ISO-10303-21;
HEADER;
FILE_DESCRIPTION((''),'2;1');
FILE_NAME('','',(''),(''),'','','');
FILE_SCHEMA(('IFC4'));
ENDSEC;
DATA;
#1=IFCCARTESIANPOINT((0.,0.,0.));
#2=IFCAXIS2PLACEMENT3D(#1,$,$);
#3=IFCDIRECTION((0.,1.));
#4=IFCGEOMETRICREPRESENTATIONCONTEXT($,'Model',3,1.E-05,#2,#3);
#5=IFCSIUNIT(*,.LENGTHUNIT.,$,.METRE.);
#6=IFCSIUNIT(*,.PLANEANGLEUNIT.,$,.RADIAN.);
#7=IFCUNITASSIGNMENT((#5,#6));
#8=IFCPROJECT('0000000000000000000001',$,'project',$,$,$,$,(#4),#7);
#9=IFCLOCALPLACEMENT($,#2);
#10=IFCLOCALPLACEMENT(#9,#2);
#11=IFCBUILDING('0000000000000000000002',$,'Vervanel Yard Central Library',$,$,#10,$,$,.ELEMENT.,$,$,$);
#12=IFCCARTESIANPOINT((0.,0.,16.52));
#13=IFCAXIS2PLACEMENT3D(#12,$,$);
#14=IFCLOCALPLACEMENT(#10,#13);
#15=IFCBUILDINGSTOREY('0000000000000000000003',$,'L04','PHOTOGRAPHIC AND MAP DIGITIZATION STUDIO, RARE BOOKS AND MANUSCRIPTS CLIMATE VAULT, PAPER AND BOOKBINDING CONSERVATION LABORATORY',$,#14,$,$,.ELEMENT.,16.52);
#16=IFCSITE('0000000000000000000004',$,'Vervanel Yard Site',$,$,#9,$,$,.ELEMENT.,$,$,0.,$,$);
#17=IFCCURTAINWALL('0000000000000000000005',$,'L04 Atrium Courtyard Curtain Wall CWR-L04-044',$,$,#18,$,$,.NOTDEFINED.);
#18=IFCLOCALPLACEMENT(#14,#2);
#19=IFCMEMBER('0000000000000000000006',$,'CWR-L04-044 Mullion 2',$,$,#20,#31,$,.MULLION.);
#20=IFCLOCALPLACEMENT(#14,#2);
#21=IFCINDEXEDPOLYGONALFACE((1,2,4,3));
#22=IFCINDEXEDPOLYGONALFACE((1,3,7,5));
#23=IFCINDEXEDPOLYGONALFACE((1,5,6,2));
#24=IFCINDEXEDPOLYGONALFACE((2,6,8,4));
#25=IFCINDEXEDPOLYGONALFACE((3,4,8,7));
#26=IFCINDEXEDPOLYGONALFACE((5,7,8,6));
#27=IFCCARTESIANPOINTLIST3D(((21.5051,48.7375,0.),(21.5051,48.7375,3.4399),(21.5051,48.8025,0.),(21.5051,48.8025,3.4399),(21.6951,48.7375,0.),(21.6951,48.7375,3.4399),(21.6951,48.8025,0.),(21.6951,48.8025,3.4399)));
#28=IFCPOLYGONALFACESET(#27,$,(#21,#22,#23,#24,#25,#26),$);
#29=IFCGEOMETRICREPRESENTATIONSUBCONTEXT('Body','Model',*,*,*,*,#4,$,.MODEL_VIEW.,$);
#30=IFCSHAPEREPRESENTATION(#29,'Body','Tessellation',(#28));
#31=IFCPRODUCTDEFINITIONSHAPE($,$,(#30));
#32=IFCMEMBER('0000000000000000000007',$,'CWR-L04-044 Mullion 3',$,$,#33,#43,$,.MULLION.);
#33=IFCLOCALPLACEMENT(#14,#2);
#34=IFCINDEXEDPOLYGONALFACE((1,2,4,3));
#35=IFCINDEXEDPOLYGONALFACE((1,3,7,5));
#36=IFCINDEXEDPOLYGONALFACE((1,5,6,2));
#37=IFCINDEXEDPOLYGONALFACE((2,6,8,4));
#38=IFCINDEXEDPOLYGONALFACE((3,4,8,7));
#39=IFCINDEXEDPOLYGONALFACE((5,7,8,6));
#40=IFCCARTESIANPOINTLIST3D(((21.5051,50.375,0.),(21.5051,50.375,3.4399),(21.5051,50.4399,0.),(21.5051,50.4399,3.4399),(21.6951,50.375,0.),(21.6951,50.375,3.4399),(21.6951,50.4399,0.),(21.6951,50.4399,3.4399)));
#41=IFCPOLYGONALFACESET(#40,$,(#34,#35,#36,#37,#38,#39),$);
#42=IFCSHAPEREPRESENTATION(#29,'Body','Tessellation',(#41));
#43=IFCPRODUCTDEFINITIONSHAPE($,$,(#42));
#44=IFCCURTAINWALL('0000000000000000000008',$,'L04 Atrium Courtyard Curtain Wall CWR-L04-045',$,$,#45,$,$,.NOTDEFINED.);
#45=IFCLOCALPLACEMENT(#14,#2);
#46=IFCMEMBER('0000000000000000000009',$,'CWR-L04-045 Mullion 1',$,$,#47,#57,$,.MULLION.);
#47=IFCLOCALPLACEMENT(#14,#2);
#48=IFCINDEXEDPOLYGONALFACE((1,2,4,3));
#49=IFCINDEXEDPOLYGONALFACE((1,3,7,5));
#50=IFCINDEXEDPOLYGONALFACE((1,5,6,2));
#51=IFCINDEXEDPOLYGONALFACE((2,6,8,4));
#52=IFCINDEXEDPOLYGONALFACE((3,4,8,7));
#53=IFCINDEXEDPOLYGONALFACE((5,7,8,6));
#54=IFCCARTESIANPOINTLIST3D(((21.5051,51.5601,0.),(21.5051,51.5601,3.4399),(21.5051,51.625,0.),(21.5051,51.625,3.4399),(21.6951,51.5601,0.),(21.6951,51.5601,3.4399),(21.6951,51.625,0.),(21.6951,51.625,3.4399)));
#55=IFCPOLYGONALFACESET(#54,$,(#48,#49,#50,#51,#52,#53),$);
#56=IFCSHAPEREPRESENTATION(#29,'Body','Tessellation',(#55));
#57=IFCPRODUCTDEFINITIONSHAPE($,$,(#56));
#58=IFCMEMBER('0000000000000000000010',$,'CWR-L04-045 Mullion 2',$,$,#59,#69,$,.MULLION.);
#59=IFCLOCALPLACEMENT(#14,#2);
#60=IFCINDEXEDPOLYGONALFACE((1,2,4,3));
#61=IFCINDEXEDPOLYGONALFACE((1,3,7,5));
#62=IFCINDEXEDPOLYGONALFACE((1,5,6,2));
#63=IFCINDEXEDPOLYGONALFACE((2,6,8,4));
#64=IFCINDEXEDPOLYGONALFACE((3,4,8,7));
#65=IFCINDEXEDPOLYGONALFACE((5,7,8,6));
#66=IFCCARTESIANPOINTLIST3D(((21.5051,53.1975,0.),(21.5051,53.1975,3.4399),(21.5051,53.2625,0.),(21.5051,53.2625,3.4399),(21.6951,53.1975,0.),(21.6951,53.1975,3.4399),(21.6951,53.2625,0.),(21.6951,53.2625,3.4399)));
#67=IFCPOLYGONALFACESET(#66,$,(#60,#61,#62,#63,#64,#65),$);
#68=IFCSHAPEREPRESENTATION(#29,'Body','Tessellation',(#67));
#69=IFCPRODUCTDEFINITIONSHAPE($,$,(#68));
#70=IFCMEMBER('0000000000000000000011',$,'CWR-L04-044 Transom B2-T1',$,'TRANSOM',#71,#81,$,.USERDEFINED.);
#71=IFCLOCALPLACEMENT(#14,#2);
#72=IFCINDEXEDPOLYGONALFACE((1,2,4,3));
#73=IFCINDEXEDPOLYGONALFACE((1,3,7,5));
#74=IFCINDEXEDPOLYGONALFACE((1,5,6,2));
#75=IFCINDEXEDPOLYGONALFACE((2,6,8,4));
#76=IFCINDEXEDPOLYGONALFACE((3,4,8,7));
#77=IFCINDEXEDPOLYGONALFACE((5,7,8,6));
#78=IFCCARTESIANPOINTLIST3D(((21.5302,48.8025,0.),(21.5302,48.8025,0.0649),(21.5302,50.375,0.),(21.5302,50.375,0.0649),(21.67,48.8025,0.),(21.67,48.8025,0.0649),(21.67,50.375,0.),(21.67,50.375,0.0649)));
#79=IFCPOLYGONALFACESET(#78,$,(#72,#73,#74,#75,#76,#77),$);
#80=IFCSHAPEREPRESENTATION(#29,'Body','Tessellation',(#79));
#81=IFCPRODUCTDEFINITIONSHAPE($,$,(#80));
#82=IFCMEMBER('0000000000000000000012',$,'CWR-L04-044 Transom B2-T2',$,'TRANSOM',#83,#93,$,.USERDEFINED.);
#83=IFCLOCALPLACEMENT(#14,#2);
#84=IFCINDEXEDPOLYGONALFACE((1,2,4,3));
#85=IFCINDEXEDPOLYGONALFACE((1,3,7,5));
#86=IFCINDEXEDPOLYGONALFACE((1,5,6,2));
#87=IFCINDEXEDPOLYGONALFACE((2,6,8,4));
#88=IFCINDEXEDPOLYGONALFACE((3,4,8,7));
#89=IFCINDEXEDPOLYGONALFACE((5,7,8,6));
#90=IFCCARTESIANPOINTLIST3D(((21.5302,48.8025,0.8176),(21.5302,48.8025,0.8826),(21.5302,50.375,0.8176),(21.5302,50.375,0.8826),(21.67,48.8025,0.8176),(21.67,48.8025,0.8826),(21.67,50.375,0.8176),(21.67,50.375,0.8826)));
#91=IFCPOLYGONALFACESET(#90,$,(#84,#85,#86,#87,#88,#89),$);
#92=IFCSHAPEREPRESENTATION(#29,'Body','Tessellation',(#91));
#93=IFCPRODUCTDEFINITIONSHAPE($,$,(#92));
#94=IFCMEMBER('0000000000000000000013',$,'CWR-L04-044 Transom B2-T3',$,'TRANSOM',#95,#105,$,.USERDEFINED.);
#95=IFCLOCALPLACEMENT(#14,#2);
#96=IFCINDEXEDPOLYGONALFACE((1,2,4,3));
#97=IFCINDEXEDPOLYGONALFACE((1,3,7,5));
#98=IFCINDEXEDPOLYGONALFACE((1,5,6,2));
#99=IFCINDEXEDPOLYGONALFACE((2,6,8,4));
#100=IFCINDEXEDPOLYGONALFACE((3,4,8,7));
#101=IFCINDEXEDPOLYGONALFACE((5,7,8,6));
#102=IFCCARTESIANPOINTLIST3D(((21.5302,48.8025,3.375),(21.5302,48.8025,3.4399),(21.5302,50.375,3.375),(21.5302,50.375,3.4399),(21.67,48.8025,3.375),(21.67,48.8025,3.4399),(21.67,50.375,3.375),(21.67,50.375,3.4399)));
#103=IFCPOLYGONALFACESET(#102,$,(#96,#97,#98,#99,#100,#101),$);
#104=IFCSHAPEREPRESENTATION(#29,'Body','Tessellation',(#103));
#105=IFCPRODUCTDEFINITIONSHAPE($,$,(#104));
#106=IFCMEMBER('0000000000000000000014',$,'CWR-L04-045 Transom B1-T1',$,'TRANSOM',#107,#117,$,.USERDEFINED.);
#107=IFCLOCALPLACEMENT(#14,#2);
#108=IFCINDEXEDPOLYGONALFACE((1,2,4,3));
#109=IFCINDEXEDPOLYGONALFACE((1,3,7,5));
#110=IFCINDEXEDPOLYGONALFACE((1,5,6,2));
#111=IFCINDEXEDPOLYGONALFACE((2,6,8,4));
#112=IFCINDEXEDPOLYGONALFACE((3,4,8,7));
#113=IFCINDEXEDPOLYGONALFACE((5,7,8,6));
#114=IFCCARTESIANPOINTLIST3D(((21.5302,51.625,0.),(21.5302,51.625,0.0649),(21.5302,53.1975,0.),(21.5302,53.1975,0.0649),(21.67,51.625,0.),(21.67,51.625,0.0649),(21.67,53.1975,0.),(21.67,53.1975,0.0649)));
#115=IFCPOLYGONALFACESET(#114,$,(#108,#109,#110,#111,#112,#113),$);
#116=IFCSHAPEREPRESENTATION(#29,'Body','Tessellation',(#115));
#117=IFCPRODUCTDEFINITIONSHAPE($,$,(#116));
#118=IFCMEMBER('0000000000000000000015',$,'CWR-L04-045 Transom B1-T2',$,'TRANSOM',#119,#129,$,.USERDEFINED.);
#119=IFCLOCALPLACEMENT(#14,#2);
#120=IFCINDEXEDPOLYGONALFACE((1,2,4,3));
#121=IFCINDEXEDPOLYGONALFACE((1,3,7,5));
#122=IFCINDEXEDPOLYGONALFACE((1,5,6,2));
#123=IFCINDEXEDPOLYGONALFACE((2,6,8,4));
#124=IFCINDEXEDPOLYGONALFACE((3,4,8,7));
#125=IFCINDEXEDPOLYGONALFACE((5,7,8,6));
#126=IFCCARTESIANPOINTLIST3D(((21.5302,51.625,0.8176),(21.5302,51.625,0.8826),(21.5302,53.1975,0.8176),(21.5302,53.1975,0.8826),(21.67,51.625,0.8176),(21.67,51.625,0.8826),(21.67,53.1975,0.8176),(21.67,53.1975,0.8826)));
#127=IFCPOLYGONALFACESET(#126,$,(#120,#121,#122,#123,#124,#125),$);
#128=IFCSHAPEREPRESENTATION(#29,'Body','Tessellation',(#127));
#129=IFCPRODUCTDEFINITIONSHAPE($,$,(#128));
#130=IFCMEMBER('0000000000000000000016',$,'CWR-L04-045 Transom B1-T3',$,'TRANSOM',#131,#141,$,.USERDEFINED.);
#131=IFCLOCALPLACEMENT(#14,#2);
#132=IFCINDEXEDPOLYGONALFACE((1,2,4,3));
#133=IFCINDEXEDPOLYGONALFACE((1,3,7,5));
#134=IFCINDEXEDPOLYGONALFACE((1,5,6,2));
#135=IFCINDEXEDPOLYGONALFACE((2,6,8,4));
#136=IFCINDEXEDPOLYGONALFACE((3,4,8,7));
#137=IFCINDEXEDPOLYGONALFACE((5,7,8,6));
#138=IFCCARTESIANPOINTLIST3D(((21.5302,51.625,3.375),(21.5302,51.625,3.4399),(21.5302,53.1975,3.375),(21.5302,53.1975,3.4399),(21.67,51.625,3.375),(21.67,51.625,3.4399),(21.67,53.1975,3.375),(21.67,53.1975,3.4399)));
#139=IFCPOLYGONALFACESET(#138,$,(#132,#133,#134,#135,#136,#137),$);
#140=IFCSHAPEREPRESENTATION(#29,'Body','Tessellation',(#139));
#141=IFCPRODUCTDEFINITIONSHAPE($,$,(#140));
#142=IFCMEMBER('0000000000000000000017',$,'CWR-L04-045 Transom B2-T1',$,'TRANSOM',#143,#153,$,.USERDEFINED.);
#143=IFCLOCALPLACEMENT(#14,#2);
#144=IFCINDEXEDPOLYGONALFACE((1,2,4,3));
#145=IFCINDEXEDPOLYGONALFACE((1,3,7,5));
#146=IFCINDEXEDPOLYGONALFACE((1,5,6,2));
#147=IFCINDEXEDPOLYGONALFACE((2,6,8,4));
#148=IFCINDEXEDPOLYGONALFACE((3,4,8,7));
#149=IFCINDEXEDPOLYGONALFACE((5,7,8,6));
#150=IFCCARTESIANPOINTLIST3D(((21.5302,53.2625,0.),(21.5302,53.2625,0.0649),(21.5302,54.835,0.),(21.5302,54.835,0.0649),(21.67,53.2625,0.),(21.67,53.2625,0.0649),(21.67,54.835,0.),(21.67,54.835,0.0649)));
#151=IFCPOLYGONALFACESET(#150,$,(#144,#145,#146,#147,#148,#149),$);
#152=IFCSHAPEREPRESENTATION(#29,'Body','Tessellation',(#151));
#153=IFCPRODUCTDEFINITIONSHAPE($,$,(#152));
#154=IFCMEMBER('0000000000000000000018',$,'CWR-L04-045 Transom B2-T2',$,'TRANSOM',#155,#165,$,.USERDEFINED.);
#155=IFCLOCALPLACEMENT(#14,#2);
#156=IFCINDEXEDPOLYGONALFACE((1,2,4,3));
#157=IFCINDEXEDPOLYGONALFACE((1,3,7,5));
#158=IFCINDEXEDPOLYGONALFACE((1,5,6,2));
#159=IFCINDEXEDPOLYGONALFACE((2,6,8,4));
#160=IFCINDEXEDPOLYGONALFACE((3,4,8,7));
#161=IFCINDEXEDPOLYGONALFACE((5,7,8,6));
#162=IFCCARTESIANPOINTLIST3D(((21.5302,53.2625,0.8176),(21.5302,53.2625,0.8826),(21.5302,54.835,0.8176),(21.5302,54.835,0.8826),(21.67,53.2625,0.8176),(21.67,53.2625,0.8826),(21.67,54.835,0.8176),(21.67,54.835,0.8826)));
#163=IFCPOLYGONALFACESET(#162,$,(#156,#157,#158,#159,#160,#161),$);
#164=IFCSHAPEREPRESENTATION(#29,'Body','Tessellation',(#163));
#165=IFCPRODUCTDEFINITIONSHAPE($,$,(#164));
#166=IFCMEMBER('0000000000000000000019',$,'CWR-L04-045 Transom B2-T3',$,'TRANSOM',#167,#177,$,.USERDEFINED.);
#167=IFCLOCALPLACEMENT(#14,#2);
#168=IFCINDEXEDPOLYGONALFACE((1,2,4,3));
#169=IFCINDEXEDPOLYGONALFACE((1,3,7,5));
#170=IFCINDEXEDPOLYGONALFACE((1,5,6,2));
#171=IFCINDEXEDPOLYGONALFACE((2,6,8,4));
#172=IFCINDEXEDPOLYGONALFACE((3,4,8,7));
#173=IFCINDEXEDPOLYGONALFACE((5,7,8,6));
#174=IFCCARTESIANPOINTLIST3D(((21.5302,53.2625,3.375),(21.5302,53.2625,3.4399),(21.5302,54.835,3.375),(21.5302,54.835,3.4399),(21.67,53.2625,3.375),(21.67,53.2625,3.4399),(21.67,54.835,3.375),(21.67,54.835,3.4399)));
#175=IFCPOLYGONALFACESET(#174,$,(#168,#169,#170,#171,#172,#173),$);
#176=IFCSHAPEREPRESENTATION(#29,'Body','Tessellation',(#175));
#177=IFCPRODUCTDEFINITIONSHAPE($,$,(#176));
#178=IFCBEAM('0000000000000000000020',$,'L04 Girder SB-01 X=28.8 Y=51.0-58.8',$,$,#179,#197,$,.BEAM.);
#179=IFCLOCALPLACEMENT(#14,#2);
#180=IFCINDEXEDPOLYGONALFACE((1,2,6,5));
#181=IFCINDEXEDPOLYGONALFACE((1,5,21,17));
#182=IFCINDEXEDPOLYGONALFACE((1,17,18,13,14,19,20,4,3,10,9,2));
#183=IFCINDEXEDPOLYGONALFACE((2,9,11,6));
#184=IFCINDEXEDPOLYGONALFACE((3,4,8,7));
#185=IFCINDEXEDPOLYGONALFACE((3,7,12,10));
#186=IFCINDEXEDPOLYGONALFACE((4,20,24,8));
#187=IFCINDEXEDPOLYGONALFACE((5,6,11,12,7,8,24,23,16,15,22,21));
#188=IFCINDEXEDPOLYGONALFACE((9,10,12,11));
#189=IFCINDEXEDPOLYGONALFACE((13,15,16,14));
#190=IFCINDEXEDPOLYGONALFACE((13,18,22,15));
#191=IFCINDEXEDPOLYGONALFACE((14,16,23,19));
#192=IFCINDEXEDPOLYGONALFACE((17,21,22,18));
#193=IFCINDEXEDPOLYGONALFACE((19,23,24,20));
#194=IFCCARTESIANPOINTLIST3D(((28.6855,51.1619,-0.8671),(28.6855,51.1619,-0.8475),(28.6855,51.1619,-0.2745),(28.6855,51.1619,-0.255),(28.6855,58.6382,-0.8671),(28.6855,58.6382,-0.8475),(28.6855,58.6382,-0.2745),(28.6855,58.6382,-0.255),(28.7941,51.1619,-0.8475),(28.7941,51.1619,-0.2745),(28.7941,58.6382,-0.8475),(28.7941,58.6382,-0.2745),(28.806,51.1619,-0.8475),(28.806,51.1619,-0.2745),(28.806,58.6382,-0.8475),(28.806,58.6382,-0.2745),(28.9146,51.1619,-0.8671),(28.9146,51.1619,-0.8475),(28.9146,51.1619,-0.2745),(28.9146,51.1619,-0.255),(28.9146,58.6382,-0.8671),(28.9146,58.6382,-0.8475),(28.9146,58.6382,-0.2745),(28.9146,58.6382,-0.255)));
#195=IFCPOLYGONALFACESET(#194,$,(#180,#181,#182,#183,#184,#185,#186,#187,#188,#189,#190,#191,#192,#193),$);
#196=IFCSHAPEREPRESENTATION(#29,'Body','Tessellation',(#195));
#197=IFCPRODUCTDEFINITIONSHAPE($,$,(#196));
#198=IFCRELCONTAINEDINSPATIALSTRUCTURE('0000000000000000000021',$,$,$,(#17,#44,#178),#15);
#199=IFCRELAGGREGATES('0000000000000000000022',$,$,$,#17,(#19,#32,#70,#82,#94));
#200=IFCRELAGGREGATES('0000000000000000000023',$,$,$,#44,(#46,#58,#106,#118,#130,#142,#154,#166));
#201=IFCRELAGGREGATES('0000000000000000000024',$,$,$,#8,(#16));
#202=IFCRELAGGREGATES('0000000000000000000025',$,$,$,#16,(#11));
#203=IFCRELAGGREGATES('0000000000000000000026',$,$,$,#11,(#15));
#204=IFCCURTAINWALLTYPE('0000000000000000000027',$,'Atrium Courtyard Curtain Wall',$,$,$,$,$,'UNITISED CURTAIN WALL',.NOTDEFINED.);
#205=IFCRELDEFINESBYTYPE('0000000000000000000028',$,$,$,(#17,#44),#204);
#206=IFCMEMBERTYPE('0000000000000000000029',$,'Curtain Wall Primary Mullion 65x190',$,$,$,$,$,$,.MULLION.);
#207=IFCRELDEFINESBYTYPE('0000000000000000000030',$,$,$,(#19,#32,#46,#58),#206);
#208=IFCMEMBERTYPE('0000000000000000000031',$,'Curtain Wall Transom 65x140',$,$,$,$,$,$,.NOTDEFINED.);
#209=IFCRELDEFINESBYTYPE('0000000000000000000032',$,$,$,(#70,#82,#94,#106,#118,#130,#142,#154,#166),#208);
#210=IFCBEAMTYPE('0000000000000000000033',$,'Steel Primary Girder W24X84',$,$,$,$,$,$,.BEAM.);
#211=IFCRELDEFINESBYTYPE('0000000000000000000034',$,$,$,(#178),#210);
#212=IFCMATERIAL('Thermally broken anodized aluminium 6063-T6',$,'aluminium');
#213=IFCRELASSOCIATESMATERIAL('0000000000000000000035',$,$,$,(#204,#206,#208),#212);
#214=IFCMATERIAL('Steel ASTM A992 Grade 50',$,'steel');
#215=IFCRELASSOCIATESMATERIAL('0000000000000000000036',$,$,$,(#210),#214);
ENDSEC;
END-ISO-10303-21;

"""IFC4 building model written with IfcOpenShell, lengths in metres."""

from ifc_helpers import new_model, si_unit, direction, frame, origin, origin_2d, place, context, subcontext, project, spatial, rectangle, i_section, extrude, material, material_profile, profile_set, type_object, element, aggregate, save


model = new_model("IFC4")

# Units and contexts
model_context = context("Model", 3, precision=1e-05, world=origin(), true_north=direction((0.0, 1.0)))
body_context = subcontext(model_context, "Body", "Model", "MODEL_VIEW")
ifc_project = project(units=[si_unit("LENGTHUNIT", "METRE"), si_unit("PLANEANGLEUNIT", "RADIAN")], contexts=[model_context])

# Site, building, storey
site_placement = place(None, origin())
site = spatial("IfcSite", under=ifc_project, at=site_placement, Name="Vervanel Yard Site", CompositionType="ELEMENT", RefElevation=0.0)
building_placement = place(site_placement, origin())
building = spatial("IfcBuilding", under=site, at=building_placement, Name="Vervanel Yard Central Library", CompositionType="ELEMENT")
storey_placement = place(building_placement, frame((0.0, 0.0, 16.52)))
storey = spatial("IfcBuildingStorey", under=building, at=storey_placement, Name="L04", Description="PHOTOGRAPHIC AND MAP DIGITIZATION STUDIO, RARE BOOKS AND MANUSCRIPTS CLIMATE VAULT, PAPER AND BOOKBINDING CONSERVATION LABORATORY", CompositionType="ELEMENT", Elevation=16.52)

# Curtain walls, members
ifc_material_1 = material(Name="Thermally broken anodized aluminium 6063-T6", Category="aluminium")
curtain_wall_type = type_object("IfcCurtainWallType", Name="Atrium Courtyard Curtain Wall", ElementType="UNITISED CURTAIN WALL", PredefinedType="NOTDEFINED", material=ifc_material_1)
curtain_wall_1_placement = place(storey_placement, origin())
curtain_wall_1 = element("IfcCurtainWall", 1, at=curtain_wall_1_placement, inside=storey, type_object=curtain_wall_type, Name="L04 Atrium Courtyard Curtain Wall CWR-L04-044", PredefinedType="NOTDEFINED")
ifc_material_profile_1 = material_profile(ifc_material_1, rectangle(XDim=0.0649, YDim=0.1899, at=origin_2d()), Name="ALU 65x190", Category="aluminium")
ifc_profile_set_1 = profile_set([ifc_material_profile_1], Name="Thermally broken anodized aluminium 6063-T6")
member_type_1 = type_object("IfcMemberType", Name="Curtain Wall Primary Mullion 65x190", PredefinedType="MULLION", material=ifc_profile_set_1)
member_1_placement = place(storey_placement, frame((21.6001, 48.77, 0.0), z_axis=(0.0, 0.0, 1.0), x_axis=(0.0, 1.0, 0.0)))
member_1 = element("IfcMember", 2, at=member_1_placement, type_object=member_type_1, Name="CWR-L04-044 Mullion 2", PredefinedType="MULLION", context=body_context, shape_type="SweptSolid", body=[
    extrude(rectangle(XDim=0.0649, YDim=0.1899, at=origin_2d()), origin(), (0.0, 0.0, 1.0), 3.4399),
])
member_2_placement = place(storey_placement, frame((21.6001, 50.4075, 0.0), z_axis=(0.0, 0.0, 1.0), x_axis=(0.0, 1.0, 0.0)))
member_2 = element("IfcMember", 3, at=member_2_placement, type_object=member_type_1, Name="CWR-L04-044 Mullion 3", PredefinedType="MULLION", context=body_context, shape_type="SweptSolid", body=[
    extrude(rectangle(XDim=0.0649, YDim=0.1899, at=origin_2d()), origin(), (0.0, 0.0, 1.0), 3.4399),
])
curtain_wall_2_placement = place(storey_placement, origin())
curtain_wall_2 = element("IfcCurtainWall", 4, at=curtain_wall_2_placement, inside=storey, type_object=curtain_wall_type, Name="L04 Atrium Courtyard Curtain Wall CWR-L04-045", PredefinedType="NOTDEFINED")
member_3_placement = place(storey_placement, frame((21.6001, 51.5925, 0.0), z_axis=(0.0, 0.0, 1.0), x_axis=(0.0, 1.0, 0.0)))
member_3 = element("IfcMember", 5, at=member_3_placement, type_object=member_type_1, Name="CWR-L04-045 Mullion 1", PredefinedType="MULLION", context=body_context, shape_type="SweptSolid", body=[
    extrude(rectangle(XDim=0.0649, YDim=0.1899, at=origin_2d()), origin(), (0.0, 0.0, 1.0), 3.4399),
])
member_4_placement = place(storey_placement, frame((21.6001, 53.23, 0.0), z_axis=(0.0, 0.0, 1.0), x_axis=(0.0, 1.0, 0.0)))
member_4 = element("IfcMember", 6, at=member_4_placement, type_object=member_type_1, Name="CWR-L04-045 Mullion 2", PredefinedType="MULLION", context=body_context, shape_type="SweptSolid", body=[
    extrude(rectangle(XDim=0.0649, YDim=0.1899, at=origin_2d()), origin(), (0.0, 0.0, 1.0), 3.4399),
])

# Members
ifc_material_profile_2 = material_profile(ifc_material_1, rectangle(XDim=0.0649, YDim=0.1399, at=origin_2d()), Name="ALU 65x140", Category="aluminium")
ifc_profile_set_2 = profile_set([ifc_material_profile_2], Name="Thermally broken anodized aluminium 6063-T6")
member_type_2 = type_object("IfcMemberType", Name="Curtain Wall Transom 65x140", PredefinedType="NOTDEFINED", material=ifc_profile_set_2)
member_5_placement = place(storey_placement, frame((21.6001, 48.8025, 0.0325), z_axis=(0.0, 1.0, 0.0), x_axis=(0.0, 0.0, 1.0)))
member_5 = element("IfcMember", 7, at=member_5_placement, type_object=member_type_2, Name="CWR-L04-044 Transom B2-T1", ObjectType="TRANSOM", PredefinedType="USERDEFINED", context=body_context, shape_type="SweptSolid", body=[
    extrude(rectangle(XDim=0.0649, YDim=0.1399, at=origin_2d()), origin(), (0.0, 0.0, 1.0), 1.5725),
])
member_6_placement = place(storey_placement, frame((21.6001, 48.8025, 0.8501), z_axis=(0.0, 1.0, 0.0), x_axis=(0.0, 0.0, 1.0)))
member_6 = element("IfcMember", 8, at=member_6_placement, type_object=member_type_2, Name="CWR-L04-044 Transom B2-T2", ObjectType="TRANSOM", PredefinedType="USERDEFINED", context=body_context, shape_type="SweptSolid", body=[
    extrude(rectangle(XDim=0.0649, YDim=0.1399, at=origin_2d()), origin(), (0.0, 0.0, 1.0), 1.5725),
])
member_7_placement = place(storey_placement, frame((21.6001, 48.8025, 3.4075), z_axis=(0.0, 1.0, 0.0), x_axis=(0.0, 0.0, 1.0)))
member_7 = element("IfcMember", 9, at=member_7_placement, type_object=member_type_2, Name="CWR-L04-044 Transom B2-T3", ObjectType="TRANSOM", PredefinedType="USERDEFINED", context=body_context, shape_type="SweptSolid", body=[
    extrude(rectangle(XDim=0.0649, YDim=0.1399, at=origin_2d()), origin(), (0.0, 0.0, 1.0), 1.5725),
])
member_8_placement = place(storey_placement, frame((21.6001, 51.625, 0.0325), z_axis=(0.0, 1.0, 0.0), x_axis=(0.0, 0.0, 1.0)))
member_8 = element("IfcMember", 10, at=member_8_placement, type_object=member_type_2, Name="CWR-L04-045 Transom B1-T1", ObjectType="TRANSOM", PredefinedType="USERDEFINED", context=body_context, shape_type="SweptSolid", body=[
    extrude(rectangle(XDim=0.0649, YDim=0.1399, at=origin_2d()), origin(), (0.0, 0.0, 1.0), 1.5725),
])
member_9_placement = place(storey_placement, frame((21.6001, 51.625, 0.8501), z_axis=(0.0, 1.0, 0.0), x_axis=(0.0, 0.0, 1.0)))
member_9 = element("IfcMember", 11, at=member_9_placement, type_object=member_type_2, Name="CWR-L04-045 Transom B1-T2", ObjectType="TRANSOM", PredefinedType="USERDEFINED", context=body_context, shape_type="SweptSolid", body=[
    extrude(rectangle(XDim=0.0649, YDim=0.1399, at=origin_2d()), origin(), (0.0, 0.0, 1.0), 1.5725),
])
member_10_placement = place(storey_placement, frame((21.6001, 51.625, 3.4075), z_axis=(0.0, 1.0, 0.0), x_axis=(0.0, 0.0, 1.0)))
member_10 = element("IfcMember", 12, at=member_10_placement, type_object=member_type_2, Name="CWR-L04-045 Transom B1-T3", ObjectType="TRANSOM", PredefinedType="USERDEFINED", context=body_context, shape_type="SweptSolid", body=[
    extrude(rectangle(XDim=0.0649, YDim=0.1399, at=origin_2d()), origin(), (0.0, 0.0, 1.0), 1.5725),
])
member_11_placement = place(storey_placement, frame((21.6001, 53.2625, 0.0325), z_axis=(0.0, 1.0, 0.0), x_axis=(0.0, 0.0, 1.0)))
member_11 = element("IfcMember", 13, at=member_11_placement, type_object=member_type_2, Name="CWR-L04-045 Transom B2-T1", ObjectType="TRANSOM", PredefinedType="USERDEFINED", context=body_context, shape_type="SweptSolid", body=[
    extrude(rectangle(XDim=0.0649, YDim=0.1399, at=origin_2d()), origin(), (0.0, 0.0, 1.0), 1.5725),
])
member_12_placement = place(storey_placement, frame((21.6001, 53.2625, 0.8501), z_axis=(0.0, 1.0, 0.0), x_axis=(0.0, 0.0, 1.0)))
member_12 = element("IfcMember", 14, at=member_12_placement, type_object=member_type_2, Name="CWR-L04-045 Transom B2-T2", ObjectType="TRANSOM", PredefinedType="USERDEFINED", context=body_context, shape_type="SweptSolid", body=[
    extrude(rectangle(XDim=0.0649, YDim=0.1399, at=origin_2d()), origin(), (0.0, 0.0, 1.0), 1.5725),
])
member_13_placement = place(storey_placement, frame((21.6001, 53.2625, 3.4075), z_axis=(0.0, 1.0, 0.0), x_axis=(0.0, 0.0, 1.0)))
member_13 = element("IfcMember", 15, at=member_13_placement, type_object=member_type_2, Name="CWR-L04-045 Transom B2-T3", ObjectType="TRANSOM", PredefinedType="USERDEFINED", context=body_context, shape_type="SweptSolid", body=[
    extrude(rectangle(XDim=0.0649, YDim=0.1399, at=origin_2d()), origin(), (0.0, 0.0, 1.0), 1.5725),
])

# Beam
ifc_material_2 = material(Name="Steel ASTM A992 Grade 50", Category="steel")
ifc_material_profile_3 = material_profile(ifc_material_2, i_section(OverallWidth=0.229, OverallDepth=0.6121, WebThickness=0.012, FlangeThickness=0.0195, at=origin_2d()), Name="W24X84", Category="steel")
ifc_profile_set_3 = profile_set([ifc_material_profile_3], Name="Steel ASTM A992 Grade 50")
beam_type = type_object("IfcBeamType", Name="Steel Primary Girder W24X84", PredefinedType="BEAM", material=ifc_profile_set_3)
beam_placement = place(storey_placement, frame((28.8, 51.1619, -0.561), z_axis=(0.0, 1.0, 0.0), x_axis=(-1.0, 0.0, 0.0)))
element("IfcBeam", 16, at=beam_placement, inside=storey, type_object=beam_type, Name="L04 Girder SB-01 X=28.8 Y=51.0-58.8", PredefinedType="BEAM", context=body_context, shape_type="SweptSolid", body=[
    extrude(i_section(OverallWidth=0.229, OverallDepth=0.6121, WebThickness=0.012, FlangeThickness=0.0195, at=origin_2d()), origin(), (0.0, 0.0, 1.0), 7.4763),
])

aggregate(curtain_wall_1, [member_1, member_2, member_5, member_6, member_7])
aggregate(curtain_wall_2, [member_3, member_4, member_8, member_9, member_10, member_11, member_12, member_13])

save(model, "model.ifc")
